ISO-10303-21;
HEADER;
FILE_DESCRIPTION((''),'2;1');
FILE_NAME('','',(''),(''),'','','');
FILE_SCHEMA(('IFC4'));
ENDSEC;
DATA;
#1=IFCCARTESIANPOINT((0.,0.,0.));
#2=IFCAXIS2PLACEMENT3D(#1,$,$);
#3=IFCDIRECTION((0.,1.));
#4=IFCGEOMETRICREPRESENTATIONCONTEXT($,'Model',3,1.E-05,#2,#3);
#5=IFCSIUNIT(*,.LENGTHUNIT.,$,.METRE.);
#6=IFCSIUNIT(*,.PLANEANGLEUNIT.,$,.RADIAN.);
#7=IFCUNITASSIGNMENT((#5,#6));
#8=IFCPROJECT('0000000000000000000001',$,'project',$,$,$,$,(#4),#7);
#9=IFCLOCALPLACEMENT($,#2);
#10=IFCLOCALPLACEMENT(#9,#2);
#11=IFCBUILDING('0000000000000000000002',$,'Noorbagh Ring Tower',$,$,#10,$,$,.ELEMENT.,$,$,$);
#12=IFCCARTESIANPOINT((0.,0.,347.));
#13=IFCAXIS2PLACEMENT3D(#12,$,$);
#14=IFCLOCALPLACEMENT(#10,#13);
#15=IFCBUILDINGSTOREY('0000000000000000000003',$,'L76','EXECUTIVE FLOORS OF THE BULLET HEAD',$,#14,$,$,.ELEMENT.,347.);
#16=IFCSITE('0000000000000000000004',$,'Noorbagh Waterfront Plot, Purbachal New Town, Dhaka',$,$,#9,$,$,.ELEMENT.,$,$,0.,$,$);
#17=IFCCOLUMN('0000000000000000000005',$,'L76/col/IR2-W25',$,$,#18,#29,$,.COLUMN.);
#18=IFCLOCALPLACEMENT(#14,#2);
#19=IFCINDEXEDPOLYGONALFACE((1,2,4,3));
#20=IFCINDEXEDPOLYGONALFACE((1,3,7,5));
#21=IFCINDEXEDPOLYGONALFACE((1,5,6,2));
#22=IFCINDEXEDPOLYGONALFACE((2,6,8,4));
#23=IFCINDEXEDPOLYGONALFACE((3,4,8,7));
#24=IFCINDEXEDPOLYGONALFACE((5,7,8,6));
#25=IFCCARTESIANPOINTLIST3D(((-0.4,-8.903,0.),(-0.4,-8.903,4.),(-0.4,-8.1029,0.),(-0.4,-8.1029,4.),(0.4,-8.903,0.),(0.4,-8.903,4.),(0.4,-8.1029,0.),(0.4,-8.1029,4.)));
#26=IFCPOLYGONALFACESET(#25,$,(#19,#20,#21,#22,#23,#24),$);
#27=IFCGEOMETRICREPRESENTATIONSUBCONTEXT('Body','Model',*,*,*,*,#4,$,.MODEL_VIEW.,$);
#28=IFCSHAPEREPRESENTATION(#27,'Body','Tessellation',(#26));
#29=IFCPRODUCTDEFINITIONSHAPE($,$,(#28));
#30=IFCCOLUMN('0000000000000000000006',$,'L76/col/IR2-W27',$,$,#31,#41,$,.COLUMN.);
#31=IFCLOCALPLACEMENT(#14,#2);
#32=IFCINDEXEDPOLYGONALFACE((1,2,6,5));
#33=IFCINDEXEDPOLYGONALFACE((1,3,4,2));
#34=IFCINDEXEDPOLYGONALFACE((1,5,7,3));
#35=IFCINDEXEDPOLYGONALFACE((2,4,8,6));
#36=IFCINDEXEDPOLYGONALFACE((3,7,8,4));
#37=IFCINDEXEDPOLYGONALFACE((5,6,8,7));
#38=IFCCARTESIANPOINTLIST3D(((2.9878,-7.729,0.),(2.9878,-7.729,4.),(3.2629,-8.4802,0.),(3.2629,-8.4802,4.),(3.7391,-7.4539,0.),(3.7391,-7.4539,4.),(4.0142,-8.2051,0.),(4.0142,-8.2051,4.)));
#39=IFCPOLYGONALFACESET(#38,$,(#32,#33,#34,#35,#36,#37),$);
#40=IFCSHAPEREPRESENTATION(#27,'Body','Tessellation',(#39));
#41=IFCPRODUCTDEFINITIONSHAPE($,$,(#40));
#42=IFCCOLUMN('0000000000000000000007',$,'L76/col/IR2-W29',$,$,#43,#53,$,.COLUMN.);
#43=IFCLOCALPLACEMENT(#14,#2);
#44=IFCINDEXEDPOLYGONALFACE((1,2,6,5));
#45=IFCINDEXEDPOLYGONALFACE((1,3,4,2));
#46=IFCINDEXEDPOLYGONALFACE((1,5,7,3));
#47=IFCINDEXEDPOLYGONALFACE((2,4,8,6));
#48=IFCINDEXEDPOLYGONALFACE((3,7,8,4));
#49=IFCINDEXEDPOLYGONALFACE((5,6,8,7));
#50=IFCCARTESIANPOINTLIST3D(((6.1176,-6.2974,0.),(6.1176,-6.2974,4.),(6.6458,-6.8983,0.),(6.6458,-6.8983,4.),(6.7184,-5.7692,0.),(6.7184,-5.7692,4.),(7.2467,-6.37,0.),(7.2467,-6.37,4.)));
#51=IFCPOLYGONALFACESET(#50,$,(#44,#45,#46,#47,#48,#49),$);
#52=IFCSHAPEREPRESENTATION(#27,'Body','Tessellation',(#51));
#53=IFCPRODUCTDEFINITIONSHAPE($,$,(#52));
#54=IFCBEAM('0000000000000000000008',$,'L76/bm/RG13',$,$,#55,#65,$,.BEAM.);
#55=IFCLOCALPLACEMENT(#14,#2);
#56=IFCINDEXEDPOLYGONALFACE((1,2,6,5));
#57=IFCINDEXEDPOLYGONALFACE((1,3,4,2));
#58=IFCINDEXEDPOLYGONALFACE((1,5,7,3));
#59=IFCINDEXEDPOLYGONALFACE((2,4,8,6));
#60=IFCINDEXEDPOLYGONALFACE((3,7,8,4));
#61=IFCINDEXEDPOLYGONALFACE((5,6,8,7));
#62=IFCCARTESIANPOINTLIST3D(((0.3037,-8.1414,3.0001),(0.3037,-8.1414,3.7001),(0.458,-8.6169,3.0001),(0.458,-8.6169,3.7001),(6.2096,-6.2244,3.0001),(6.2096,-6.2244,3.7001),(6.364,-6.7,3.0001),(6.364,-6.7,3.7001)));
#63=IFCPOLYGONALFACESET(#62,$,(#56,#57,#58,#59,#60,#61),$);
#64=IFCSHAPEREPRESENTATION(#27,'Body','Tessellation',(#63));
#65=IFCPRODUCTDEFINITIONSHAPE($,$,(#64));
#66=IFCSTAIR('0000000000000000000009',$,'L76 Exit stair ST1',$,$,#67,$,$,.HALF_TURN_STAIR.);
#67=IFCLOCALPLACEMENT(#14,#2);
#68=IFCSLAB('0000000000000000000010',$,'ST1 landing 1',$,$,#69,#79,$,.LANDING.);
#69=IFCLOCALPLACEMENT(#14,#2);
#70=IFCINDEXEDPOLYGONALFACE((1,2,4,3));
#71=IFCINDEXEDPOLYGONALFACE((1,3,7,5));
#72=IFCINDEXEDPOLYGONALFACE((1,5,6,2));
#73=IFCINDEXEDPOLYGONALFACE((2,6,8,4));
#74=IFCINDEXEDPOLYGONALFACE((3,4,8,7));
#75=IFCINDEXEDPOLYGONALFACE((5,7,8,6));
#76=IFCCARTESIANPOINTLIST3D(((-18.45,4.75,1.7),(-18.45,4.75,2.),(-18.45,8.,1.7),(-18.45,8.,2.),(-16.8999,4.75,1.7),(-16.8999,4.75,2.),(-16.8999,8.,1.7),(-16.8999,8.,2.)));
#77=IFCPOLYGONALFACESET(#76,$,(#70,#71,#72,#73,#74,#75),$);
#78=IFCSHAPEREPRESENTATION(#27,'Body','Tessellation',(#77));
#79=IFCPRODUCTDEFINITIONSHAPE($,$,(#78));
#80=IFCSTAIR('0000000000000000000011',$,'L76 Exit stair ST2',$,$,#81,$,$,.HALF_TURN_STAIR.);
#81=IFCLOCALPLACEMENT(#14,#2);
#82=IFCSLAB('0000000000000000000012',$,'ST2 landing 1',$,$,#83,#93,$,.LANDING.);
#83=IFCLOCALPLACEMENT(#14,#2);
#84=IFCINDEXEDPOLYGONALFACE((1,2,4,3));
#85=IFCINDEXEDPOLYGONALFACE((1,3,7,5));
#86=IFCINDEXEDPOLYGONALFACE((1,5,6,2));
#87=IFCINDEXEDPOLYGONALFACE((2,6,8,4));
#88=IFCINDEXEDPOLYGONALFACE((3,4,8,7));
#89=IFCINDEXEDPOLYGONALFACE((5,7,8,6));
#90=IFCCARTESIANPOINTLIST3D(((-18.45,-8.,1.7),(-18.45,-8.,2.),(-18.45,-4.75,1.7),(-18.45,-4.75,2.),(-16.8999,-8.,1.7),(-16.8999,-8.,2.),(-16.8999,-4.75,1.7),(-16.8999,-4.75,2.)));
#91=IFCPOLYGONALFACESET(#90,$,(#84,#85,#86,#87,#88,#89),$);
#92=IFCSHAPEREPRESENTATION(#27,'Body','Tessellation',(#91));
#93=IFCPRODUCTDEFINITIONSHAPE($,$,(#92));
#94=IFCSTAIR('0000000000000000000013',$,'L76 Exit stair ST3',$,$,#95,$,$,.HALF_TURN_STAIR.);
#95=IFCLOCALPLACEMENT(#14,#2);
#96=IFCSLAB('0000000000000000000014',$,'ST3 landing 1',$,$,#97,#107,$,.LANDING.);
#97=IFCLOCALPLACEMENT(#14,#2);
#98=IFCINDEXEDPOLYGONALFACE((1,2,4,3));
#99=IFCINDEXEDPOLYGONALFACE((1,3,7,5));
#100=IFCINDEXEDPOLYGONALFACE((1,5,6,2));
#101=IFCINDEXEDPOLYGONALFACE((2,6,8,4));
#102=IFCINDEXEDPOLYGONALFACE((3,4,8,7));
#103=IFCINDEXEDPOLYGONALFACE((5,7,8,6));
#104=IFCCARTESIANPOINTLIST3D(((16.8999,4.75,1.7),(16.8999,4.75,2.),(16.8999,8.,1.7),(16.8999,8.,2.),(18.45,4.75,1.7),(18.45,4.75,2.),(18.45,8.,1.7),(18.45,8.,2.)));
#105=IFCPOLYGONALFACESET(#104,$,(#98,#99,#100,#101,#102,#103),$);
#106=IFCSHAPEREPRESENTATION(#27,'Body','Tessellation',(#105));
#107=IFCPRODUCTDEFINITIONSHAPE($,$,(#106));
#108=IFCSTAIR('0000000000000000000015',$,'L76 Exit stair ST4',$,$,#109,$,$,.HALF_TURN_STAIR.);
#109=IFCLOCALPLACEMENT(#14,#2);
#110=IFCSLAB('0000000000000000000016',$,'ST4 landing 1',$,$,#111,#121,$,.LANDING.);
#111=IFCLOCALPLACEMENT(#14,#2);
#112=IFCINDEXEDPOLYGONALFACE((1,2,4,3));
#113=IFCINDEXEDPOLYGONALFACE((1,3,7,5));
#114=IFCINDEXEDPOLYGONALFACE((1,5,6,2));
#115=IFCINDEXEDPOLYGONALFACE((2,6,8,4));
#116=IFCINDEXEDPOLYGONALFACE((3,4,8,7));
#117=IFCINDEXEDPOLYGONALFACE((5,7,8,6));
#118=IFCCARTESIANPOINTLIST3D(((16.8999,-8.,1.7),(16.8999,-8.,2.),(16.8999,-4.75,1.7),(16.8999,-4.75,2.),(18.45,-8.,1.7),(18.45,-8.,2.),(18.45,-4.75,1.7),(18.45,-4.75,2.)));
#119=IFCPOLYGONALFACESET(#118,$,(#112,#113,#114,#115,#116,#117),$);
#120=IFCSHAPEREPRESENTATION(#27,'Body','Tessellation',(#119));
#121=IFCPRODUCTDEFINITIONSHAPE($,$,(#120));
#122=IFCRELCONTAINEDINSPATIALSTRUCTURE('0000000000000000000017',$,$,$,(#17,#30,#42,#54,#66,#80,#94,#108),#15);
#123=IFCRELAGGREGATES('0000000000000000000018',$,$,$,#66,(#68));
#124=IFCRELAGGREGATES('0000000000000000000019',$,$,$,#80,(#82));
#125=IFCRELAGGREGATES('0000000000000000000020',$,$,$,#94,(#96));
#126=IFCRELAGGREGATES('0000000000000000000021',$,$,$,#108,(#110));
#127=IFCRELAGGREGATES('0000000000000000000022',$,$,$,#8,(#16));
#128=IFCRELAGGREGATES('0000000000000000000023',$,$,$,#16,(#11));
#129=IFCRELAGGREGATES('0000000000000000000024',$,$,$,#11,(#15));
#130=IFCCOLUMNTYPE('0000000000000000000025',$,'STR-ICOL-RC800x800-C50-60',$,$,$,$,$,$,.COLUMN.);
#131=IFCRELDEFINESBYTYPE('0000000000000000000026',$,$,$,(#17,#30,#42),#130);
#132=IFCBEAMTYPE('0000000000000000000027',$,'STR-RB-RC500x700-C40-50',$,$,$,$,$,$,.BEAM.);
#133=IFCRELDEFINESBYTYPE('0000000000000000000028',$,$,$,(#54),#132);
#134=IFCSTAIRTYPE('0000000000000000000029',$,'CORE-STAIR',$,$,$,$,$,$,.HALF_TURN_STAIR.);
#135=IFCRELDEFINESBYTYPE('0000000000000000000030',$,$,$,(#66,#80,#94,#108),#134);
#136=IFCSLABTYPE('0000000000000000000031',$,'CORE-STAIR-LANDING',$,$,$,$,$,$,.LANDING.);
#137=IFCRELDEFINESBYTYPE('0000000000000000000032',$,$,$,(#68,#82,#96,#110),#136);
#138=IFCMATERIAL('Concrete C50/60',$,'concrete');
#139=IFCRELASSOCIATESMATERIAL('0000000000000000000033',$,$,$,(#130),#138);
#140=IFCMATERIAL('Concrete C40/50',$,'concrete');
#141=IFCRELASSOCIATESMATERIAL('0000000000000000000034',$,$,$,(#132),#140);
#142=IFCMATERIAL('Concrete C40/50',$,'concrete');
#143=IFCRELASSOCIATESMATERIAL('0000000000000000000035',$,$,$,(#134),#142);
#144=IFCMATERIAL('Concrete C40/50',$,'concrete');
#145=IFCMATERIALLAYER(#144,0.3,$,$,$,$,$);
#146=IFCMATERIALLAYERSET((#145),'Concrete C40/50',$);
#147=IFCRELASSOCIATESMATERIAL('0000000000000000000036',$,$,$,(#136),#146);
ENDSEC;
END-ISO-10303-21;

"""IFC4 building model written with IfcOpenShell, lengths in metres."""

from ifc_helpers import new_model, si_unit, direction, frame, origin, origin_2d, place, context, subcontext, project, spatial, polyline, rectangle, outline, extrude, material, layer, layer_set, material_profile, profile_set, type_object, element, aggregate, save


model = new_model("IFC4")

# Units and contexts
model_context = context("Model", 3, precision=1e-05, world=origin(), true_north=direction((0.0, 1.0)))
body_context = subcontext(model_context, "Body", "Model", "MODEL_VIEW")
ifc_project = project(units=[si_unit("LENGTHUNIT", "METRE"), si_unit("PLANEANGLEUNIT", "RADIAN")], contexts=[model_context])

# Site, building, storey
site_placement = place(None, origin())
site = spatial("IfcSite", under=ifc_project, at=site_placement, Name="Noorbagh Waterfront Plot, Purbachal New Town, Dhaka", CompositionType="ELEMENT", RefElevation=0.0)
building_placement = place(site_placement, origin())
building = spatial("IfcBuilding", under=site, at=building_placement, Name="Noorbagh Ring Tower", CompositionType="ELEMENT")
storey_placement = place(building_placement, frame((0.0, 0.0, 347.0)))
storey = spatial("IfcBuildingStorey", under=building, at=storey_placement, Name="L76", Description="EXECUTIVE FLOORS OF THE BULLET HEAD", CompositionType="ELEMENT", Elevation=347.0)

# Columns
ifc_material_1 = material(Name="Concrete C50/60", Category="concrete")
ifc_material_profile_1 = material_profile(ifc_material_1, rectangle(XDim=0.8, YDim=0.8, at=origin_2d()), Name="RC800x800")
ifc_profile_set_1 = profile_set([ifc_material_profile_1], Name="Concrete C50/60")
column_type = type_object("IfcColumnType", Name="STR-ICOL-RC800x800-C50-60", PredefinedType="COLUMN", material=ifc_profile_set_1)
for number, where, z_axis, x_axis, name in (
    (1, (0.0, -8.5029, 0.0), (0.0, 0.0, 1.0), (1.0, 0.0, 0.0), "L76/col/IR2-W25"),
    (2, (3.501, -7.967, 0.0), (0.0, 0.0, 1.0), (0.93902, 0.343864, 0.0), "L76/col/IR2-W27"),
    (3, (6.6821, -6.3337, 0.0), (0.0, 0.0, 1.0), (0.751022, 0.660277, 0.0), "L76/col/IR2-W29"),
):
    element("IfcColumn", number, at=place(storey_placement, frame(where, z_axis=z_axis, x_axis=x_axis)), inside=storey, type_object=column_type, Name=name, PredefinedType="COLUMN", context=body_context, shape_type="SweptSolid", body=[
        extrude(rectangle(XDim=0.8, YDim=0.8, at=origin_2d()), origin(), (0.0, 0.0, 1.0), 4.0),
    ])

# Beam
ifc_material_2 = material(Name="Concrete C40/50", Category="concrete")
ifc_material_profile_2 = material_profile(ifc_material_2, rectangle(XDim=0.5, YDim=0.7, at=origin_2d()), Name="RC500x700")
ifc_profile_set_2 = profile_set([ifc_material_profile_2], Name="Concrete C40/50")
beam_type = type_object("IfcBeamType", Name="STR-RB-RC500x700-C40-50", PredefinedType="BEAM", material=ifc_profile_set_2)
beam_placement = place(storey_placement, frame((0.3809, -8.3792, 3.3501), z_axis=(0.95115, 0.308728, 0.0), x_axis=(-0.308728, 0.95115, 0.0)))
element("IfcBeam", 4, at=beam_placement, inside=storey, type_object=beam_type, Name="L76/bm/RG13", PredefinedType="BEAM", context=body_context, shape_type="SweptSolid", body=[
    extrude(rectangle(XDim=0.5, YDim=0.7, at=origin_2d()), origin(), (0.0, 0.0, 1.0), 6.2092),
])

# Stairs, slabs
ifc_material_3 = material(Name="Concrete C40/50", Category="concrete")
stair_type = type_object("IfcStairType", Name="CORE-STAIR", PredefinedType="HALF_TURN_STAIR", material=ifc_material_3)
stair_1_placement = place(storey_placement, origin())
stair_1 = element("IfcStair", 5, at=stair_1_placement, inside=storey, type_object=stair_type, Name="L76 Exit stair ST1", PredefinedType="HALF_TURN_STAIR")
ifc_material_4 = material(Name="Concrete C40/50", Category="concrete")
ifc_layer_1 = layer(ifc_material_4, 0.3)
ifc_layer_set_1 = layer_set([ifc_layer_1], Name="Concrete C40/50")
slab_type_1 = type_object("IfcSlabType", Name="CORE-STAIR-LANDING", PredefinedType="LANDING", material=ifc_layer_set_1)
slab_1_placement = place(storey_placement, frame((0.0, 0.0, 1.7)))
slab_1 = element("IfcSlab", 6, at=slab_1_placement, type_object=slab_type_1, Name="ST1 landing 1", PredefinedType="LANDING", context=body_context, shape_type="SweptSolid", body=[
    extrude(outline(polyline([(-18.45, 4.75), (-16.8999, 4.75), (-16.8999, 8.0), (-18.45, 8.0), (-18.45, 4.75)])), origin(), (0.0, 0.0, 1.0), 0.3),
])
aggregate(stair_1, [slab_1])
stair_2_placement = place(storey_placement, origin())
stair_2 = element("IfcStair", 7, at=stair_2_placement, inside=storey, type_object=stair_type, Name="L76 Exit stair ST2", PredefinedType="HALF_TURN_STAIR")
slab_2_placement = place(storey_placement, frame((0.0, 0.0, 1.7)))
slab_2 = element("IfcSlab", 8, at=slab_2_placement, type_object=slab_type_1, Name="ST2 landing 1", PredefinedType="LANDING", context=body_context, shape_type="SweptSolid", body=[
    extrude(outline(polyline([(-18.45, -8.0), (-16.8999, -8.0), (-16.8999, -4.75), (-18.45, -4.75), (-18.45, -8.0)])), origin(), (0.0, 0.0, 1.0), 0.3),
])
aggregate(stair_2, [slab_2])
stair_3_placement = place(storey_placement, origin())
stair_3 = element("IfcStair", 9, at=stair_3_placement, inside=storey, type_object=stair_type, Name="L76 Exit stair ST3", PredefinedType="HALF_TURN_STAIR")
slab_3_placement = place(storey_placement, frame((0.0, 0.0, 1.7)))
slab_3 = element("IfcSlab", 10, at=slab_3_placement, type_object=slab_type_1, Name="ST3 landing 1", PredefinedType="LANDING", context=body_context, shape_type="SweptSolid", body=[
    extrude(outline(polyline([(18.45, 8.0), (16.8999, 8.0), (16.8999, 4.75), (18.45, 4.75), (18.45, 8.0)])), origin(), (0.0, 0.0, 1.0), 0.3),
])
aggregate(stair_3, [slab_3])
stair_4_placement = place(storey_placement, origin())
stair_4 = element("IfcStair", 11, at=stair_4_placement, inside=storey, type_object=stair_type, Name="L76 Exit stair ST4", PredefinedType="HALF_TURN_STAIR")
slab_4_placement = place(storey_placement, frame((0.0, 0.0, 1.7)))
slab_4 = element("IfcSlab", 12, at=slab_4_placement, type_object=slab_type_1, Name="ST4 landing 1", PredefinedType="LANDING", context=body_context, shape_type="SweptSolid", body=[
    extrude(outline(polyline([(18.45, -4.75), (16.8999, -4.75), (16.8999, -8.0), (18.45, -8.0), (18.45, -4.75)])), origin(), (0.0, 0.0, 1.0), 0.3),
])
aggregate(stair_4, [slab_4])

save(model, "model.ifc")
